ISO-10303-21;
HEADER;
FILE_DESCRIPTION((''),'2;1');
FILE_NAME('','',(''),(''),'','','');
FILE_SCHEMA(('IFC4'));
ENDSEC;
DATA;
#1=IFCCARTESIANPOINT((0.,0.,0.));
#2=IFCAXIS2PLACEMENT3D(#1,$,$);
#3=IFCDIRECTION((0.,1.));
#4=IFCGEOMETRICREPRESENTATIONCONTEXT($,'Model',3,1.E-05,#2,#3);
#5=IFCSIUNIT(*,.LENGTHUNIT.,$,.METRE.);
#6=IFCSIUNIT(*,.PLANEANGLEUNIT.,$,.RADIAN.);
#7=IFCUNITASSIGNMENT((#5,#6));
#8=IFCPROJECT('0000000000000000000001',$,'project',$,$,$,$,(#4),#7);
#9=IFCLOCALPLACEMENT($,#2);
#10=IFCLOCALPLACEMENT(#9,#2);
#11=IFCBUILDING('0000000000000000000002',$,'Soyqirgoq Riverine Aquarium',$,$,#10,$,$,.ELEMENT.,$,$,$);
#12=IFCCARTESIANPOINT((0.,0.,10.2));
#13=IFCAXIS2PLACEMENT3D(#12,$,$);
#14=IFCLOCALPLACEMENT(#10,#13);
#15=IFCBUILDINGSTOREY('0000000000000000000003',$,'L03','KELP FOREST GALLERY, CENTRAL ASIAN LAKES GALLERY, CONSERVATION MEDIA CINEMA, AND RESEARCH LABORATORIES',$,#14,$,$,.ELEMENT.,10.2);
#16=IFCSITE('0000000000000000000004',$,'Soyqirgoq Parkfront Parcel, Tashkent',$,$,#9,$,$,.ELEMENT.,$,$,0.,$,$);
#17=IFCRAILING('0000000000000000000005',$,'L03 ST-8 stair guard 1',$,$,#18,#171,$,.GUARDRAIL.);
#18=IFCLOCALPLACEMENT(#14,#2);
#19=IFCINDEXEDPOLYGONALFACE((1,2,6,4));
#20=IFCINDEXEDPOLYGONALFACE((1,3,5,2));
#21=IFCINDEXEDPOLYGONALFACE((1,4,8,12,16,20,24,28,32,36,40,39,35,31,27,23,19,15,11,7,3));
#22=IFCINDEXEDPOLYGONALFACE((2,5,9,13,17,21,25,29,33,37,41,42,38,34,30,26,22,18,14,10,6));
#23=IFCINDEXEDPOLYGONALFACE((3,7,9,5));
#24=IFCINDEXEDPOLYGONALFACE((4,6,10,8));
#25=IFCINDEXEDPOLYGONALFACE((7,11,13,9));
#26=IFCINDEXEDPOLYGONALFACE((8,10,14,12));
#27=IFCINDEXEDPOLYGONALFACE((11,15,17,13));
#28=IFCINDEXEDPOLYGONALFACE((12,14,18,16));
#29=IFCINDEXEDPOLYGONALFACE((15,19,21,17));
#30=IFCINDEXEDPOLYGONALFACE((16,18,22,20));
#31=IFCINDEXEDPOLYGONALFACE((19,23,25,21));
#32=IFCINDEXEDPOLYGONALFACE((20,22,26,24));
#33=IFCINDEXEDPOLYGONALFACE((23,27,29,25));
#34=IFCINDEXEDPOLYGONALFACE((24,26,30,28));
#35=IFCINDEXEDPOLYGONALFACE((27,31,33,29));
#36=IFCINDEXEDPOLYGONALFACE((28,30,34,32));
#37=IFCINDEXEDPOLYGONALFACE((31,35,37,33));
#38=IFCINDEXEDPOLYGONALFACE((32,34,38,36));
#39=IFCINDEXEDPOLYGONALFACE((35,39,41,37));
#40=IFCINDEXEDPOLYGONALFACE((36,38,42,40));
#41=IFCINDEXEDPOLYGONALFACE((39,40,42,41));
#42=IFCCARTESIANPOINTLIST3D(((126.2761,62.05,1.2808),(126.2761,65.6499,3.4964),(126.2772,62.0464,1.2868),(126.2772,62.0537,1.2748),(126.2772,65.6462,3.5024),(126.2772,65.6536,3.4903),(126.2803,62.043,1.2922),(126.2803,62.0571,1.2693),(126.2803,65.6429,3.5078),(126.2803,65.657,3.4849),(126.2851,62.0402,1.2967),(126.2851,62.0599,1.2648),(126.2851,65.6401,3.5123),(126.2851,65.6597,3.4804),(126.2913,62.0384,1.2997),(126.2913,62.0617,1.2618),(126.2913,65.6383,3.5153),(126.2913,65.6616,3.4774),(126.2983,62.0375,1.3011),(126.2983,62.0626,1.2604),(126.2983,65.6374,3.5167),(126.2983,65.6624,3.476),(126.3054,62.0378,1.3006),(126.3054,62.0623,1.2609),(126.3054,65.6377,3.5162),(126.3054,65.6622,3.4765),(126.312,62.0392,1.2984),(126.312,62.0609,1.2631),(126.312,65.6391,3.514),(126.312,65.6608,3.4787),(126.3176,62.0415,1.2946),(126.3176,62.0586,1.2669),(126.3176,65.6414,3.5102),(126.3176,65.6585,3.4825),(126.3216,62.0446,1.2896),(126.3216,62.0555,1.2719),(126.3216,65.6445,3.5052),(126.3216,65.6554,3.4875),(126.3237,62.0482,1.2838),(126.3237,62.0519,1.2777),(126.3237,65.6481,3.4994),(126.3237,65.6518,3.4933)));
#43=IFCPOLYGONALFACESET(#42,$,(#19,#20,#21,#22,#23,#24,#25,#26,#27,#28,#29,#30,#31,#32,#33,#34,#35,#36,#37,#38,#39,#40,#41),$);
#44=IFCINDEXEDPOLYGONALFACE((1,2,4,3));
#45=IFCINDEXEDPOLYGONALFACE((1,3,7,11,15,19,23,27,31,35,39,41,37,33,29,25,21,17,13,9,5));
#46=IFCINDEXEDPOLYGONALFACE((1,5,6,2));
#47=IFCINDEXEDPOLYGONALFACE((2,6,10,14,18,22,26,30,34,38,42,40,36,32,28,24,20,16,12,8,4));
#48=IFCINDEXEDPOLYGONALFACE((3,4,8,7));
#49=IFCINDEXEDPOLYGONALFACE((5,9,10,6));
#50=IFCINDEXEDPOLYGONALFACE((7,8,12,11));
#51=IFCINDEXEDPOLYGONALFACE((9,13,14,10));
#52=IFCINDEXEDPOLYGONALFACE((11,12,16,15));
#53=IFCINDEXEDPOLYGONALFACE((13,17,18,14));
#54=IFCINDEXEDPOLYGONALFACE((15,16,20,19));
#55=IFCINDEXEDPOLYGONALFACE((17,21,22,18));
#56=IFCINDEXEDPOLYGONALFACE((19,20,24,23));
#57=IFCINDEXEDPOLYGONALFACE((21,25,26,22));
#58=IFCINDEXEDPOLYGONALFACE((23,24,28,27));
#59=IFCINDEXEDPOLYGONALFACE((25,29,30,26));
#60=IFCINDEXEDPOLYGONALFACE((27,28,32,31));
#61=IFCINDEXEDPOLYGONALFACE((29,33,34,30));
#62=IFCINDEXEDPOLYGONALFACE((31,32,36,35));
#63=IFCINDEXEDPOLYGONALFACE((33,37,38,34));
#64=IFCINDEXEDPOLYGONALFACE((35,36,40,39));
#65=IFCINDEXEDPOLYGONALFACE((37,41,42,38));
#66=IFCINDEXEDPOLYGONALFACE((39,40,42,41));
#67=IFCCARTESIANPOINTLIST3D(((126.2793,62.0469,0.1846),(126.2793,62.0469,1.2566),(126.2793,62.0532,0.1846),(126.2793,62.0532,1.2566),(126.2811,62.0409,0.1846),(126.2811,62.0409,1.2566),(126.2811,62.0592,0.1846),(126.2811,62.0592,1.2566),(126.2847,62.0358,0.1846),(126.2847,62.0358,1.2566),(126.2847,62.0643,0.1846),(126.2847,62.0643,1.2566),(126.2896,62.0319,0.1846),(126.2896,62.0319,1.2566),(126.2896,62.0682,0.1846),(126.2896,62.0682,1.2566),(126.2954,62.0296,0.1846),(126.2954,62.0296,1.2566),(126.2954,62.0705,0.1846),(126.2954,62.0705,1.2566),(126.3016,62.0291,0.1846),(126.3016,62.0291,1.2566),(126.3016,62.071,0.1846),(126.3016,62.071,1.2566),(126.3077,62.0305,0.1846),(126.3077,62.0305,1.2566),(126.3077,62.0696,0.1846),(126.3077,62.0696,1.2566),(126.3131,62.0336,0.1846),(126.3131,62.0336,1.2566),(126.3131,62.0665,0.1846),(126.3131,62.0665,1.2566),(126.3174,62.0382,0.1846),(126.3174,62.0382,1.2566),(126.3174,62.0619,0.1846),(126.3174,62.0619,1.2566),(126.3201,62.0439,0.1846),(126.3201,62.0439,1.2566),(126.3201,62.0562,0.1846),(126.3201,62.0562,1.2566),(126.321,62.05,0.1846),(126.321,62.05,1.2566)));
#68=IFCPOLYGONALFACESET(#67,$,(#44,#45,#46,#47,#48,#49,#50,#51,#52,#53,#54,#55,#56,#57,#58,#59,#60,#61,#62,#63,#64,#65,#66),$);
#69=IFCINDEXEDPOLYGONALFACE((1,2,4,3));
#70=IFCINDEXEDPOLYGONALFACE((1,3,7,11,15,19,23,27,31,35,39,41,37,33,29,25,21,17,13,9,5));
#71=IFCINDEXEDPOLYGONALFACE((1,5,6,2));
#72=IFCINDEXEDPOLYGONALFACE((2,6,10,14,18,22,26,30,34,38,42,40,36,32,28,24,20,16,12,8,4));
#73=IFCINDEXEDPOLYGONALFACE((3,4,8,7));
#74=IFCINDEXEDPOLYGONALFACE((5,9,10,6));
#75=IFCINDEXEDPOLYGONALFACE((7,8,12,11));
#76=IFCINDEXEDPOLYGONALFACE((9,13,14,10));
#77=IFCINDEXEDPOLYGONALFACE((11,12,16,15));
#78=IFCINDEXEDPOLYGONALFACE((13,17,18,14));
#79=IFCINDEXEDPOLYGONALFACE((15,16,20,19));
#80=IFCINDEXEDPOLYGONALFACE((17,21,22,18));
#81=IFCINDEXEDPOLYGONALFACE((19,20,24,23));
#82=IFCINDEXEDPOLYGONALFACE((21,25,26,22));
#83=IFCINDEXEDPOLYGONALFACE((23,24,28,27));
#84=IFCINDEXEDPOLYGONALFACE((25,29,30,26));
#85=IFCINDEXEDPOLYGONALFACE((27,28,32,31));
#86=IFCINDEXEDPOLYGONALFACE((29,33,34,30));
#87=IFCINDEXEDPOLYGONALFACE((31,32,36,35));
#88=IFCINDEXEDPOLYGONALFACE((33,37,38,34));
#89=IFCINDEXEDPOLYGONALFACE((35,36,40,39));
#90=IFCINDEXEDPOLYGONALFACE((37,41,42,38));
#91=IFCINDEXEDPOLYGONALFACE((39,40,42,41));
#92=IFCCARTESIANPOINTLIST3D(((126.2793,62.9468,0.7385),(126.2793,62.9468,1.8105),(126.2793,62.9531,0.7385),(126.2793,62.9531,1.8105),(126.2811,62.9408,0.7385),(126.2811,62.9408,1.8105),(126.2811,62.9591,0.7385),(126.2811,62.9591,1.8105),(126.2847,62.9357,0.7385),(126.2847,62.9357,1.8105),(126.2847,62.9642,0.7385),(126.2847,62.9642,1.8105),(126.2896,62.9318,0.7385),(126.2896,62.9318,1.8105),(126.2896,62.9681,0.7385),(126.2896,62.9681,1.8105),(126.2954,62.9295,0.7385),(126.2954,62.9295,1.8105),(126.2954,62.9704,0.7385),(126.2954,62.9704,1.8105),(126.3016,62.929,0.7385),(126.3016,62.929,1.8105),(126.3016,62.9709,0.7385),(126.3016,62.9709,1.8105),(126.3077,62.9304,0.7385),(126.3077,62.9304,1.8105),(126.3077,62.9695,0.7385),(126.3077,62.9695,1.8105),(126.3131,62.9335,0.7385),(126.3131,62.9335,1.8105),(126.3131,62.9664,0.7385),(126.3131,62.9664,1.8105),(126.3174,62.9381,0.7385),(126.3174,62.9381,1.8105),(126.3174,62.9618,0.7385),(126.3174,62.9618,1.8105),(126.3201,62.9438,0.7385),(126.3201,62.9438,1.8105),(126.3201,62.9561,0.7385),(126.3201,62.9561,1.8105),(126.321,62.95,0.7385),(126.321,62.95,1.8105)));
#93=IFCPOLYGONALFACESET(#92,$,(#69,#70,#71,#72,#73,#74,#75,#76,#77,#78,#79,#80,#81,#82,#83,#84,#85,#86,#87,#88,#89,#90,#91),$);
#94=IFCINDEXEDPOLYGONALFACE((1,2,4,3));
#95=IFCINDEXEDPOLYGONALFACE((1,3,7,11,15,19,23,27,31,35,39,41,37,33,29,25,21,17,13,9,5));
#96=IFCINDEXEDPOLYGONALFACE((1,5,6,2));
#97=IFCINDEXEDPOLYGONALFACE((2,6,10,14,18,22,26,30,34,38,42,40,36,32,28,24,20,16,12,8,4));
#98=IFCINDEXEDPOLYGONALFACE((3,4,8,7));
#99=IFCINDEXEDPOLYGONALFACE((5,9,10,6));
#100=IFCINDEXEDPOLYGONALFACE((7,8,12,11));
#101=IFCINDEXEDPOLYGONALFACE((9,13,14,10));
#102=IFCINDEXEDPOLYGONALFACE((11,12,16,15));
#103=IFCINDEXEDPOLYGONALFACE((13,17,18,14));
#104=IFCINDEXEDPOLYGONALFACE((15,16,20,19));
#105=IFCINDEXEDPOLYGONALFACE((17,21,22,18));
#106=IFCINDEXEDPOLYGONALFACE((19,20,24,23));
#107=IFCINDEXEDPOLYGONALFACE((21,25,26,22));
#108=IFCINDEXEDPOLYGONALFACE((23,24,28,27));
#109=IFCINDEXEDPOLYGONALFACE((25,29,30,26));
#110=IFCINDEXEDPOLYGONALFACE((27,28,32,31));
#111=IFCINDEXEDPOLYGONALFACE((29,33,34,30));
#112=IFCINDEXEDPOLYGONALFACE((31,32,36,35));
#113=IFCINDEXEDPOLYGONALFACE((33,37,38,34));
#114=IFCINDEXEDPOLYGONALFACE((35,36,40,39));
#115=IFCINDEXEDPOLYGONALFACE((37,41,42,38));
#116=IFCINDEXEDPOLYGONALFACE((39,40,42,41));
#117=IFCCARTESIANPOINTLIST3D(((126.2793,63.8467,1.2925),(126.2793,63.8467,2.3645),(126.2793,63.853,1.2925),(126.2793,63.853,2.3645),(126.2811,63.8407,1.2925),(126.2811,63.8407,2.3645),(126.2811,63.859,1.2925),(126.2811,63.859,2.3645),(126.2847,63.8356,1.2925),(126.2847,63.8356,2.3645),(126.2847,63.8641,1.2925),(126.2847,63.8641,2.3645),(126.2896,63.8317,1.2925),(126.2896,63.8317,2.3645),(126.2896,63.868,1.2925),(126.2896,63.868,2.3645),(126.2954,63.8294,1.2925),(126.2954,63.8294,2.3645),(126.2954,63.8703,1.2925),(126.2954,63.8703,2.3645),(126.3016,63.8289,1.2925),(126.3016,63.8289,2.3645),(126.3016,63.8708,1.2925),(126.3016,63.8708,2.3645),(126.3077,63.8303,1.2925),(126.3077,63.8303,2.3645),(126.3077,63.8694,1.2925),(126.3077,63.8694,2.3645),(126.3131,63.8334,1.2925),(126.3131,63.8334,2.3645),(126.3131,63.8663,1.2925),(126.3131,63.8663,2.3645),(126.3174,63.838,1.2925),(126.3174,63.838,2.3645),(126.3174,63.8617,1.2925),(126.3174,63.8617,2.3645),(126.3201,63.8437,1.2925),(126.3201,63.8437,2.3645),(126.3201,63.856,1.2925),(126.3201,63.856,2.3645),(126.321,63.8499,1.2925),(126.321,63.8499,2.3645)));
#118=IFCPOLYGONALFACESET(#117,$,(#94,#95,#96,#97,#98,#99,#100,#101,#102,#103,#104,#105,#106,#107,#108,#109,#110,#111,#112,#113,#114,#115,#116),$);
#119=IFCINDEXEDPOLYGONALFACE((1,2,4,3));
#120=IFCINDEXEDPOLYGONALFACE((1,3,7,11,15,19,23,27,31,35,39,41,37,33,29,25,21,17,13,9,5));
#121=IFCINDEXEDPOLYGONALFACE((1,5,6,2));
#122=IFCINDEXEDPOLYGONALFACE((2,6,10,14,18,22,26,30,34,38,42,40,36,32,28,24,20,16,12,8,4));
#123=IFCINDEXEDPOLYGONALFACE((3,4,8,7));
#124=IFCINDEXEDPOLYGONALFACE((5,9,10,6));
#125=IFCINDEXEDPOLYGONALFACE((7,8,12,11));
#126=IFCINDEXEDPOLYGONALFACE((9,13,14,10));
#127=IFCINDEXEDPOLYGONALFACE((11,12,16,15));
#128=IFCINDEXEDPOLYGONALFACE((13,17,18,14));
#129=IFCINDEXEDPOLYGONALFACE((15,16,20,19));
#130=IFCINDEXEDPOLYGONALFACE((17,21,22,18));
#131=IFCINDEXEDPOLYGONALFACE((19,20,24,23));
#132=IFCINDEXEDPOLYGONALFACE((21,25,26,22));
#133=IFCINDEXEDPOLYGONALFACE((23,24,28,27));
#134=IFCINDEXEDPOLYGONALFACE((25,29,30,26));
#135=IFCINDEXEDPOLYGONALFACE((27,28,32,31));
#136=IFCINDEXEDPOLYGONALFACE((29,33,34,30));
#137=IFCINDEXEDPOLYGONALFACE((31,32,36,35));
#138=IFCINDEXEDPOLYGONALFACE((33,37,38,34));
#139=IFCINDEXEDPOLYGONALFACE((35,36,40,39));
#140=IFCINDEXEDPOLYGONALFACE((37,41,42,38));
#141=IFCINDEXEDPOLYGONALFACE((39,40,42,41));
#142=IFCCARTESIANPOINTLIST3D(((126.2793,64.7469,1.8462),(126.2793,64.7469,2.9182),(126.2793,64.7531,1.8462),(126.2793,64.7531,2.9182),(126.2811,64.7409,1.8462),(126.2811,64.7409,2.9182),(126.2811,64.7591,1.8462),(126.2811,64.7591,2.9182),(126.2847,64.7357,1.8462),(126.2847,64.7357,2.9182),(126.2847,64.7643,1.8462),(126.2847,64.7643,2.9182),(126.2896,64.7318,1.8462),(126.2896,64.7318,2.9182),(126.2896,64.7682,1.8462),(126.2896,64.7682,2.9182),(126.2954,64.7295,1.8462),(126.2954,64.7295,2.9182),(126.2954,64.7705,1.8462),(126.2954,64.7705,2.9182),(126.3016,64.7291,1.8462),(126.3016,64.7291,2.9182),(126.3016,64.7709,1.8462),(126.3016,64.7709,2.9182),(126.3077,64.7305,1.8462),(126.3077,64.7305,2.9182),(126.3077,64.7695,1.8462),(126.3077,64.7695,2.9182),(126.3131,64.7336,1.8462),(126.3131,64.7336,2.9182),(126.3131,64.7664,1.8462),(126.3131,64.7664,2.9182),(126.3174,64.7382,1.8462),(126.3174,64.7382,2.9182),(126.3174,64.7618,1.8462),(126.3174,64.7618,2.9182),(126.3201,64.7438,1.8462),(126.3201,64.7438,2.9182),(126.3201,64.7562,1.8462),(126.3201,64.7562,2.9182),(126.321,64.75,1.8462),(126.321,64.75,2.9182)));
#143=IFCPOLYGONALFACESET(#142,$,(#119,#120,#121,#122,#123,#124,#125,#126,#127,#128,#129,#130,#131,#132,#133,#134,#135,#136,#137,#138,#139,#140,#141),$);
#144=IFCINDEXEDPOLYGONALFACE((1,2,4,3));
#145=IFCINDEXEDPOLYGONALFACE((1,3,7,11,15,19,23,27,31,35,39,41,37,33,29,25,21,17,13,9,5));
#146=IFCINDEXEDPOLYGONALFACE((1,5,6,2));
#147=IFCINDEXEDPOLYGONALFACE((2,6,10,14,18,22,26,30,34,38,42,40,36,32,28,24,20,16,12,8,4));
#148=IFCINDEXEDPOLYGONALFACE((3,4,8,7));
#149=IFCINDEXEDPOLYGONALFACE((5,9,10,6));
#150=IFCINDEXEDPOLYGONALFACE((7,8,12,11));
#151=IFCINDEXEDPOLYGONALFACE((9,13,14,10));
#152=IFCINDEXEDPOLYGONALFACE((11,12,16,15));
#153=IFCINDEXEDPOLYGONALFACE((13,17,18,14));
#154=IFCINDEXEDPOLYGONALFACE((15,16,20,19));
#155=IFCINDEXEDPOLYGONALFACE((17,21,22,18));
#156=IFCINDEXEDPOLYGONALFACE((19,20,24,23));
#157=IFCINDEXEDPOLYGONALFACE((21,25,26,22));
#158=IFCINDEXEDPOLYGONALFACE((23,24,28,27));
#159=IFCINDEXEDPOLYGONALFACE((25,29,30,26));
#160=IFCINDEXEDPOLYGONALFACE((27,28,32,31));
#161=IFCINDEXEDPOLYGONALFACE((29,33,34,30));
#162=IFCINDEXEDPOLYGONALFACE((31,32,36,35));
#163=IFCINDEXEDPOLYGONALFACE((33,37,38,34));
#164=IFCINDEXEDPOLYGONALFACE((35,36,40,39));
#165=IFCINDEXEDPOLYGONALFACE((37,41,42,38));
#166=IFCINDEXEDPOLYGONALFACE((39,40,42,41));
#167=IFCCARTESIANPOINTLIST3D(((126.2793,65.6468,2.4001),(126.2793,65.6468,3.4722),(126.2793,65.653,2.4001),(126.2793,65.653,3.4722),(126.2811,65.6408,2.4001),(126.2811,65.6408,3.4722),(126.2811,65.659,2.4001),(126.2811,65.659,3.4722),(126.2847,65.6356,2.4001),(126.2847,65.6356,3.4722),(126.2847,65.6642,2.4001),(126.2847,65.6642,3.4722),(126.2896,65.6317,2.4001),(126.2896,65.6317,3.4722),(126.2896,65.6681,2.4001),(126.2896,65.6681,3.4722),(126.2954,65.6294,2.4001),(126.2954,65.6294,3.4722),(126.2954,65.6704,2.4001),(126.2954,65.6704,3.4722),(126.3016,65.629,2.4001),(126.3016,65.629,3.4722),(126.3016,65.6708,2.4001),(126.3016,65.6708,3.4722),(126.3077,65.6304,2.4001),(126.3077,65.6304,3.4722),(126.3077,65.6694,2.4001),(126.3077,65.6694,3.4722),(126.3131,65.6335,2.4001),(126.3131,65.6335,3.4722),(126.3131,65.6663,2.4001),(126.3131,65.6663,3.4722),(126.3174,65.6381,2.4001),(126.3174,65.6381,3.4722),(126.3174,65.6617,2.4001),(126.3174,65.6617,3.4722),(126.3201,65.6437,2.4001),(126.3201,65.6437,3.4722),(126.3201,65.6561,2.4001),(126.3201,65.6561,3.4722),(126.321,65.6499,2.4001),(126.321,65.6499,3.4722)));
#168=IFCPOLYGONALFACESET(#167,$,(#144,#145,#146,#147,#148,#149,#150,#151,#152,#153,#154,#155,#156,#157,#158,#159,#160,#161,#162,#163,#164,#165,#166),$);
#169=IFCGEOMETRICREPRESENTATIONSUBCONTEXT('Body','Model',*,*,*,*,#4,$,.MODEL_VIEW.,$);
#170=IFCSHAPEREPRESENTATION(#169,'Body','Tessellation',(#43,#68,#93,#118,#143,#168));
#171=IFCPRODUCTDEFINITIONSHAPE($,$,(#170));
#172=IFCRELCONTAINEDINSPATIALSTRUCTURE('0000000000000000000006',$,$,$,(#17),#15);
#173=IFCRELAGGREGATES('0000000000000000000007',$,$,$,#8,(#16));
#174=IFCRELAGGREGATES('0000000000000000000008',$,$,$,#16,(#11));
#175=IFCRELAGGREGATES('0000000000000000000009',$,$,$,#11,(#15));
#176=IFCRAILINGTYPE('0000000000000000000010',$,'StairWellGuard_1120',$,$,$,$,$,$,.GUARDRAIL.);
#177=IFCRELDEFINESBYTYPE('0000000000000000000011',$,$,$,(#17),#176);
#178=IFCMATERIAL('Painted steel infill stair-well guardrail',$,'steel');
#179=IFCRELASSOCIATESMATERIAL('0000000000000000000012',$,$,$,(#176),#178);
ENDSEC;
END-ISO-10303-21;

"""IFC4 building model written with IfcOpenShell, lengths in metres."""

from ifc_helpers import new_model, si_unit, direction, frame, origin, origin_2d, place, context, subcontext, project, spatial, circle, extrude, material, type_object, element, save


model = new_model("IFC4")

# Units and contexts
model_context = context("Model", 3, precision=1e-05, world=origin(), true_north=direction((0.0, 1.0)))
body_context = subcontext(model_context, "Body", "Model", "MODEL_VIEW")
ifc_project = project(units=[si_unit("LENGTHUNIT", "METRE"), si_unit("PLANEANGLEUNIT", "RADIAN")], contexts=[model_context])

# Site, building, storey
site_placement = place(None, origin())
site = spatial("IfcSite", under=ifc_project, at=site_placement, Name="Soyqirgoq Parkfront Parcel, Tashkent", CompositionType="ELEMENT", RefElevation=0.0)
building_placement = place(site_placement, origin())
building = spatial("IfcBuilding", under=site, at=building_placement, Name="Soyqirgoq Riverine Aquarium", CompositionType="ELEMENT")
storey_placement = place(building_placement, frame((0.0, 0.0, 10.2)))
storey = spatial("IfcBuildingStorey", under=building, at=storey_placement, Name="L03", Description="KELP FOREST GALLERY, CENTRAL ASIAN LAKES GALLERY, CONSERVATION MEDIA CINEMA, AND RESEARCH LABORATORIES", CompositionType="ELEMENT", Elevation=10.2)

# Railing
ifc_material_1 = material(Name="Painted steel infill stair-well guardrail", Category="steel")
railing_type_1 = type_object("IfcRailingType", Name="StairWellGuard_1120", PredefinedType="GUARDRAIL", material=ifc_material_1)
railing_1_placement = place(storey_placement, frame((126.3, 62.05, 0.1846)))
element("IfcRailing", 1, at=railing_1_placement, inside=storey, type_object=railing_type_1, Name="L03 ST-8 stair guard 1", PredefinedType="GUARDRAIL", context=body_context, shape_type="SweptSolid", body=[
    extrude(circle(Radius=0.0239, at=origin_2d()), frame((0.0, 0.0, 1.0962), z_axis=(0.0, 0.851629, 0.524146), x_axis=(-1.0, 0.0, 0.0)), (0.0, 0.0, 1.0), 4.2271),
    extrude(circle(Radius=0.021, at=origin_2d()), origin(), (0.0, 0.0, 1.0), 1.072),
    extrude(circle(Radius=0.021, at=origin_2d()), frame((0.0, 0.8999, 0.554)), (0.0, 0.0, 1.0), 1.072),
    extrude(circle(Radius=0.021, at=origin_2d()), frame((0.0, 1.7998, 1.1079)), (0.0, 0.0, 1.0), 1.072),
    extrude(circle(Radius=0.021, at=origin_2d()), frame((0.0, 2.7, 1.6616)), (0.0, 0.0, 1.0), 1.072),
    extrude(circle(Radius=0.021, at=origin_2d()), frame((0.0, 3.5999, 2.2156)), (0.0, 0.0, 1.0), 1.072),
])

save(model, "model.ifc")
